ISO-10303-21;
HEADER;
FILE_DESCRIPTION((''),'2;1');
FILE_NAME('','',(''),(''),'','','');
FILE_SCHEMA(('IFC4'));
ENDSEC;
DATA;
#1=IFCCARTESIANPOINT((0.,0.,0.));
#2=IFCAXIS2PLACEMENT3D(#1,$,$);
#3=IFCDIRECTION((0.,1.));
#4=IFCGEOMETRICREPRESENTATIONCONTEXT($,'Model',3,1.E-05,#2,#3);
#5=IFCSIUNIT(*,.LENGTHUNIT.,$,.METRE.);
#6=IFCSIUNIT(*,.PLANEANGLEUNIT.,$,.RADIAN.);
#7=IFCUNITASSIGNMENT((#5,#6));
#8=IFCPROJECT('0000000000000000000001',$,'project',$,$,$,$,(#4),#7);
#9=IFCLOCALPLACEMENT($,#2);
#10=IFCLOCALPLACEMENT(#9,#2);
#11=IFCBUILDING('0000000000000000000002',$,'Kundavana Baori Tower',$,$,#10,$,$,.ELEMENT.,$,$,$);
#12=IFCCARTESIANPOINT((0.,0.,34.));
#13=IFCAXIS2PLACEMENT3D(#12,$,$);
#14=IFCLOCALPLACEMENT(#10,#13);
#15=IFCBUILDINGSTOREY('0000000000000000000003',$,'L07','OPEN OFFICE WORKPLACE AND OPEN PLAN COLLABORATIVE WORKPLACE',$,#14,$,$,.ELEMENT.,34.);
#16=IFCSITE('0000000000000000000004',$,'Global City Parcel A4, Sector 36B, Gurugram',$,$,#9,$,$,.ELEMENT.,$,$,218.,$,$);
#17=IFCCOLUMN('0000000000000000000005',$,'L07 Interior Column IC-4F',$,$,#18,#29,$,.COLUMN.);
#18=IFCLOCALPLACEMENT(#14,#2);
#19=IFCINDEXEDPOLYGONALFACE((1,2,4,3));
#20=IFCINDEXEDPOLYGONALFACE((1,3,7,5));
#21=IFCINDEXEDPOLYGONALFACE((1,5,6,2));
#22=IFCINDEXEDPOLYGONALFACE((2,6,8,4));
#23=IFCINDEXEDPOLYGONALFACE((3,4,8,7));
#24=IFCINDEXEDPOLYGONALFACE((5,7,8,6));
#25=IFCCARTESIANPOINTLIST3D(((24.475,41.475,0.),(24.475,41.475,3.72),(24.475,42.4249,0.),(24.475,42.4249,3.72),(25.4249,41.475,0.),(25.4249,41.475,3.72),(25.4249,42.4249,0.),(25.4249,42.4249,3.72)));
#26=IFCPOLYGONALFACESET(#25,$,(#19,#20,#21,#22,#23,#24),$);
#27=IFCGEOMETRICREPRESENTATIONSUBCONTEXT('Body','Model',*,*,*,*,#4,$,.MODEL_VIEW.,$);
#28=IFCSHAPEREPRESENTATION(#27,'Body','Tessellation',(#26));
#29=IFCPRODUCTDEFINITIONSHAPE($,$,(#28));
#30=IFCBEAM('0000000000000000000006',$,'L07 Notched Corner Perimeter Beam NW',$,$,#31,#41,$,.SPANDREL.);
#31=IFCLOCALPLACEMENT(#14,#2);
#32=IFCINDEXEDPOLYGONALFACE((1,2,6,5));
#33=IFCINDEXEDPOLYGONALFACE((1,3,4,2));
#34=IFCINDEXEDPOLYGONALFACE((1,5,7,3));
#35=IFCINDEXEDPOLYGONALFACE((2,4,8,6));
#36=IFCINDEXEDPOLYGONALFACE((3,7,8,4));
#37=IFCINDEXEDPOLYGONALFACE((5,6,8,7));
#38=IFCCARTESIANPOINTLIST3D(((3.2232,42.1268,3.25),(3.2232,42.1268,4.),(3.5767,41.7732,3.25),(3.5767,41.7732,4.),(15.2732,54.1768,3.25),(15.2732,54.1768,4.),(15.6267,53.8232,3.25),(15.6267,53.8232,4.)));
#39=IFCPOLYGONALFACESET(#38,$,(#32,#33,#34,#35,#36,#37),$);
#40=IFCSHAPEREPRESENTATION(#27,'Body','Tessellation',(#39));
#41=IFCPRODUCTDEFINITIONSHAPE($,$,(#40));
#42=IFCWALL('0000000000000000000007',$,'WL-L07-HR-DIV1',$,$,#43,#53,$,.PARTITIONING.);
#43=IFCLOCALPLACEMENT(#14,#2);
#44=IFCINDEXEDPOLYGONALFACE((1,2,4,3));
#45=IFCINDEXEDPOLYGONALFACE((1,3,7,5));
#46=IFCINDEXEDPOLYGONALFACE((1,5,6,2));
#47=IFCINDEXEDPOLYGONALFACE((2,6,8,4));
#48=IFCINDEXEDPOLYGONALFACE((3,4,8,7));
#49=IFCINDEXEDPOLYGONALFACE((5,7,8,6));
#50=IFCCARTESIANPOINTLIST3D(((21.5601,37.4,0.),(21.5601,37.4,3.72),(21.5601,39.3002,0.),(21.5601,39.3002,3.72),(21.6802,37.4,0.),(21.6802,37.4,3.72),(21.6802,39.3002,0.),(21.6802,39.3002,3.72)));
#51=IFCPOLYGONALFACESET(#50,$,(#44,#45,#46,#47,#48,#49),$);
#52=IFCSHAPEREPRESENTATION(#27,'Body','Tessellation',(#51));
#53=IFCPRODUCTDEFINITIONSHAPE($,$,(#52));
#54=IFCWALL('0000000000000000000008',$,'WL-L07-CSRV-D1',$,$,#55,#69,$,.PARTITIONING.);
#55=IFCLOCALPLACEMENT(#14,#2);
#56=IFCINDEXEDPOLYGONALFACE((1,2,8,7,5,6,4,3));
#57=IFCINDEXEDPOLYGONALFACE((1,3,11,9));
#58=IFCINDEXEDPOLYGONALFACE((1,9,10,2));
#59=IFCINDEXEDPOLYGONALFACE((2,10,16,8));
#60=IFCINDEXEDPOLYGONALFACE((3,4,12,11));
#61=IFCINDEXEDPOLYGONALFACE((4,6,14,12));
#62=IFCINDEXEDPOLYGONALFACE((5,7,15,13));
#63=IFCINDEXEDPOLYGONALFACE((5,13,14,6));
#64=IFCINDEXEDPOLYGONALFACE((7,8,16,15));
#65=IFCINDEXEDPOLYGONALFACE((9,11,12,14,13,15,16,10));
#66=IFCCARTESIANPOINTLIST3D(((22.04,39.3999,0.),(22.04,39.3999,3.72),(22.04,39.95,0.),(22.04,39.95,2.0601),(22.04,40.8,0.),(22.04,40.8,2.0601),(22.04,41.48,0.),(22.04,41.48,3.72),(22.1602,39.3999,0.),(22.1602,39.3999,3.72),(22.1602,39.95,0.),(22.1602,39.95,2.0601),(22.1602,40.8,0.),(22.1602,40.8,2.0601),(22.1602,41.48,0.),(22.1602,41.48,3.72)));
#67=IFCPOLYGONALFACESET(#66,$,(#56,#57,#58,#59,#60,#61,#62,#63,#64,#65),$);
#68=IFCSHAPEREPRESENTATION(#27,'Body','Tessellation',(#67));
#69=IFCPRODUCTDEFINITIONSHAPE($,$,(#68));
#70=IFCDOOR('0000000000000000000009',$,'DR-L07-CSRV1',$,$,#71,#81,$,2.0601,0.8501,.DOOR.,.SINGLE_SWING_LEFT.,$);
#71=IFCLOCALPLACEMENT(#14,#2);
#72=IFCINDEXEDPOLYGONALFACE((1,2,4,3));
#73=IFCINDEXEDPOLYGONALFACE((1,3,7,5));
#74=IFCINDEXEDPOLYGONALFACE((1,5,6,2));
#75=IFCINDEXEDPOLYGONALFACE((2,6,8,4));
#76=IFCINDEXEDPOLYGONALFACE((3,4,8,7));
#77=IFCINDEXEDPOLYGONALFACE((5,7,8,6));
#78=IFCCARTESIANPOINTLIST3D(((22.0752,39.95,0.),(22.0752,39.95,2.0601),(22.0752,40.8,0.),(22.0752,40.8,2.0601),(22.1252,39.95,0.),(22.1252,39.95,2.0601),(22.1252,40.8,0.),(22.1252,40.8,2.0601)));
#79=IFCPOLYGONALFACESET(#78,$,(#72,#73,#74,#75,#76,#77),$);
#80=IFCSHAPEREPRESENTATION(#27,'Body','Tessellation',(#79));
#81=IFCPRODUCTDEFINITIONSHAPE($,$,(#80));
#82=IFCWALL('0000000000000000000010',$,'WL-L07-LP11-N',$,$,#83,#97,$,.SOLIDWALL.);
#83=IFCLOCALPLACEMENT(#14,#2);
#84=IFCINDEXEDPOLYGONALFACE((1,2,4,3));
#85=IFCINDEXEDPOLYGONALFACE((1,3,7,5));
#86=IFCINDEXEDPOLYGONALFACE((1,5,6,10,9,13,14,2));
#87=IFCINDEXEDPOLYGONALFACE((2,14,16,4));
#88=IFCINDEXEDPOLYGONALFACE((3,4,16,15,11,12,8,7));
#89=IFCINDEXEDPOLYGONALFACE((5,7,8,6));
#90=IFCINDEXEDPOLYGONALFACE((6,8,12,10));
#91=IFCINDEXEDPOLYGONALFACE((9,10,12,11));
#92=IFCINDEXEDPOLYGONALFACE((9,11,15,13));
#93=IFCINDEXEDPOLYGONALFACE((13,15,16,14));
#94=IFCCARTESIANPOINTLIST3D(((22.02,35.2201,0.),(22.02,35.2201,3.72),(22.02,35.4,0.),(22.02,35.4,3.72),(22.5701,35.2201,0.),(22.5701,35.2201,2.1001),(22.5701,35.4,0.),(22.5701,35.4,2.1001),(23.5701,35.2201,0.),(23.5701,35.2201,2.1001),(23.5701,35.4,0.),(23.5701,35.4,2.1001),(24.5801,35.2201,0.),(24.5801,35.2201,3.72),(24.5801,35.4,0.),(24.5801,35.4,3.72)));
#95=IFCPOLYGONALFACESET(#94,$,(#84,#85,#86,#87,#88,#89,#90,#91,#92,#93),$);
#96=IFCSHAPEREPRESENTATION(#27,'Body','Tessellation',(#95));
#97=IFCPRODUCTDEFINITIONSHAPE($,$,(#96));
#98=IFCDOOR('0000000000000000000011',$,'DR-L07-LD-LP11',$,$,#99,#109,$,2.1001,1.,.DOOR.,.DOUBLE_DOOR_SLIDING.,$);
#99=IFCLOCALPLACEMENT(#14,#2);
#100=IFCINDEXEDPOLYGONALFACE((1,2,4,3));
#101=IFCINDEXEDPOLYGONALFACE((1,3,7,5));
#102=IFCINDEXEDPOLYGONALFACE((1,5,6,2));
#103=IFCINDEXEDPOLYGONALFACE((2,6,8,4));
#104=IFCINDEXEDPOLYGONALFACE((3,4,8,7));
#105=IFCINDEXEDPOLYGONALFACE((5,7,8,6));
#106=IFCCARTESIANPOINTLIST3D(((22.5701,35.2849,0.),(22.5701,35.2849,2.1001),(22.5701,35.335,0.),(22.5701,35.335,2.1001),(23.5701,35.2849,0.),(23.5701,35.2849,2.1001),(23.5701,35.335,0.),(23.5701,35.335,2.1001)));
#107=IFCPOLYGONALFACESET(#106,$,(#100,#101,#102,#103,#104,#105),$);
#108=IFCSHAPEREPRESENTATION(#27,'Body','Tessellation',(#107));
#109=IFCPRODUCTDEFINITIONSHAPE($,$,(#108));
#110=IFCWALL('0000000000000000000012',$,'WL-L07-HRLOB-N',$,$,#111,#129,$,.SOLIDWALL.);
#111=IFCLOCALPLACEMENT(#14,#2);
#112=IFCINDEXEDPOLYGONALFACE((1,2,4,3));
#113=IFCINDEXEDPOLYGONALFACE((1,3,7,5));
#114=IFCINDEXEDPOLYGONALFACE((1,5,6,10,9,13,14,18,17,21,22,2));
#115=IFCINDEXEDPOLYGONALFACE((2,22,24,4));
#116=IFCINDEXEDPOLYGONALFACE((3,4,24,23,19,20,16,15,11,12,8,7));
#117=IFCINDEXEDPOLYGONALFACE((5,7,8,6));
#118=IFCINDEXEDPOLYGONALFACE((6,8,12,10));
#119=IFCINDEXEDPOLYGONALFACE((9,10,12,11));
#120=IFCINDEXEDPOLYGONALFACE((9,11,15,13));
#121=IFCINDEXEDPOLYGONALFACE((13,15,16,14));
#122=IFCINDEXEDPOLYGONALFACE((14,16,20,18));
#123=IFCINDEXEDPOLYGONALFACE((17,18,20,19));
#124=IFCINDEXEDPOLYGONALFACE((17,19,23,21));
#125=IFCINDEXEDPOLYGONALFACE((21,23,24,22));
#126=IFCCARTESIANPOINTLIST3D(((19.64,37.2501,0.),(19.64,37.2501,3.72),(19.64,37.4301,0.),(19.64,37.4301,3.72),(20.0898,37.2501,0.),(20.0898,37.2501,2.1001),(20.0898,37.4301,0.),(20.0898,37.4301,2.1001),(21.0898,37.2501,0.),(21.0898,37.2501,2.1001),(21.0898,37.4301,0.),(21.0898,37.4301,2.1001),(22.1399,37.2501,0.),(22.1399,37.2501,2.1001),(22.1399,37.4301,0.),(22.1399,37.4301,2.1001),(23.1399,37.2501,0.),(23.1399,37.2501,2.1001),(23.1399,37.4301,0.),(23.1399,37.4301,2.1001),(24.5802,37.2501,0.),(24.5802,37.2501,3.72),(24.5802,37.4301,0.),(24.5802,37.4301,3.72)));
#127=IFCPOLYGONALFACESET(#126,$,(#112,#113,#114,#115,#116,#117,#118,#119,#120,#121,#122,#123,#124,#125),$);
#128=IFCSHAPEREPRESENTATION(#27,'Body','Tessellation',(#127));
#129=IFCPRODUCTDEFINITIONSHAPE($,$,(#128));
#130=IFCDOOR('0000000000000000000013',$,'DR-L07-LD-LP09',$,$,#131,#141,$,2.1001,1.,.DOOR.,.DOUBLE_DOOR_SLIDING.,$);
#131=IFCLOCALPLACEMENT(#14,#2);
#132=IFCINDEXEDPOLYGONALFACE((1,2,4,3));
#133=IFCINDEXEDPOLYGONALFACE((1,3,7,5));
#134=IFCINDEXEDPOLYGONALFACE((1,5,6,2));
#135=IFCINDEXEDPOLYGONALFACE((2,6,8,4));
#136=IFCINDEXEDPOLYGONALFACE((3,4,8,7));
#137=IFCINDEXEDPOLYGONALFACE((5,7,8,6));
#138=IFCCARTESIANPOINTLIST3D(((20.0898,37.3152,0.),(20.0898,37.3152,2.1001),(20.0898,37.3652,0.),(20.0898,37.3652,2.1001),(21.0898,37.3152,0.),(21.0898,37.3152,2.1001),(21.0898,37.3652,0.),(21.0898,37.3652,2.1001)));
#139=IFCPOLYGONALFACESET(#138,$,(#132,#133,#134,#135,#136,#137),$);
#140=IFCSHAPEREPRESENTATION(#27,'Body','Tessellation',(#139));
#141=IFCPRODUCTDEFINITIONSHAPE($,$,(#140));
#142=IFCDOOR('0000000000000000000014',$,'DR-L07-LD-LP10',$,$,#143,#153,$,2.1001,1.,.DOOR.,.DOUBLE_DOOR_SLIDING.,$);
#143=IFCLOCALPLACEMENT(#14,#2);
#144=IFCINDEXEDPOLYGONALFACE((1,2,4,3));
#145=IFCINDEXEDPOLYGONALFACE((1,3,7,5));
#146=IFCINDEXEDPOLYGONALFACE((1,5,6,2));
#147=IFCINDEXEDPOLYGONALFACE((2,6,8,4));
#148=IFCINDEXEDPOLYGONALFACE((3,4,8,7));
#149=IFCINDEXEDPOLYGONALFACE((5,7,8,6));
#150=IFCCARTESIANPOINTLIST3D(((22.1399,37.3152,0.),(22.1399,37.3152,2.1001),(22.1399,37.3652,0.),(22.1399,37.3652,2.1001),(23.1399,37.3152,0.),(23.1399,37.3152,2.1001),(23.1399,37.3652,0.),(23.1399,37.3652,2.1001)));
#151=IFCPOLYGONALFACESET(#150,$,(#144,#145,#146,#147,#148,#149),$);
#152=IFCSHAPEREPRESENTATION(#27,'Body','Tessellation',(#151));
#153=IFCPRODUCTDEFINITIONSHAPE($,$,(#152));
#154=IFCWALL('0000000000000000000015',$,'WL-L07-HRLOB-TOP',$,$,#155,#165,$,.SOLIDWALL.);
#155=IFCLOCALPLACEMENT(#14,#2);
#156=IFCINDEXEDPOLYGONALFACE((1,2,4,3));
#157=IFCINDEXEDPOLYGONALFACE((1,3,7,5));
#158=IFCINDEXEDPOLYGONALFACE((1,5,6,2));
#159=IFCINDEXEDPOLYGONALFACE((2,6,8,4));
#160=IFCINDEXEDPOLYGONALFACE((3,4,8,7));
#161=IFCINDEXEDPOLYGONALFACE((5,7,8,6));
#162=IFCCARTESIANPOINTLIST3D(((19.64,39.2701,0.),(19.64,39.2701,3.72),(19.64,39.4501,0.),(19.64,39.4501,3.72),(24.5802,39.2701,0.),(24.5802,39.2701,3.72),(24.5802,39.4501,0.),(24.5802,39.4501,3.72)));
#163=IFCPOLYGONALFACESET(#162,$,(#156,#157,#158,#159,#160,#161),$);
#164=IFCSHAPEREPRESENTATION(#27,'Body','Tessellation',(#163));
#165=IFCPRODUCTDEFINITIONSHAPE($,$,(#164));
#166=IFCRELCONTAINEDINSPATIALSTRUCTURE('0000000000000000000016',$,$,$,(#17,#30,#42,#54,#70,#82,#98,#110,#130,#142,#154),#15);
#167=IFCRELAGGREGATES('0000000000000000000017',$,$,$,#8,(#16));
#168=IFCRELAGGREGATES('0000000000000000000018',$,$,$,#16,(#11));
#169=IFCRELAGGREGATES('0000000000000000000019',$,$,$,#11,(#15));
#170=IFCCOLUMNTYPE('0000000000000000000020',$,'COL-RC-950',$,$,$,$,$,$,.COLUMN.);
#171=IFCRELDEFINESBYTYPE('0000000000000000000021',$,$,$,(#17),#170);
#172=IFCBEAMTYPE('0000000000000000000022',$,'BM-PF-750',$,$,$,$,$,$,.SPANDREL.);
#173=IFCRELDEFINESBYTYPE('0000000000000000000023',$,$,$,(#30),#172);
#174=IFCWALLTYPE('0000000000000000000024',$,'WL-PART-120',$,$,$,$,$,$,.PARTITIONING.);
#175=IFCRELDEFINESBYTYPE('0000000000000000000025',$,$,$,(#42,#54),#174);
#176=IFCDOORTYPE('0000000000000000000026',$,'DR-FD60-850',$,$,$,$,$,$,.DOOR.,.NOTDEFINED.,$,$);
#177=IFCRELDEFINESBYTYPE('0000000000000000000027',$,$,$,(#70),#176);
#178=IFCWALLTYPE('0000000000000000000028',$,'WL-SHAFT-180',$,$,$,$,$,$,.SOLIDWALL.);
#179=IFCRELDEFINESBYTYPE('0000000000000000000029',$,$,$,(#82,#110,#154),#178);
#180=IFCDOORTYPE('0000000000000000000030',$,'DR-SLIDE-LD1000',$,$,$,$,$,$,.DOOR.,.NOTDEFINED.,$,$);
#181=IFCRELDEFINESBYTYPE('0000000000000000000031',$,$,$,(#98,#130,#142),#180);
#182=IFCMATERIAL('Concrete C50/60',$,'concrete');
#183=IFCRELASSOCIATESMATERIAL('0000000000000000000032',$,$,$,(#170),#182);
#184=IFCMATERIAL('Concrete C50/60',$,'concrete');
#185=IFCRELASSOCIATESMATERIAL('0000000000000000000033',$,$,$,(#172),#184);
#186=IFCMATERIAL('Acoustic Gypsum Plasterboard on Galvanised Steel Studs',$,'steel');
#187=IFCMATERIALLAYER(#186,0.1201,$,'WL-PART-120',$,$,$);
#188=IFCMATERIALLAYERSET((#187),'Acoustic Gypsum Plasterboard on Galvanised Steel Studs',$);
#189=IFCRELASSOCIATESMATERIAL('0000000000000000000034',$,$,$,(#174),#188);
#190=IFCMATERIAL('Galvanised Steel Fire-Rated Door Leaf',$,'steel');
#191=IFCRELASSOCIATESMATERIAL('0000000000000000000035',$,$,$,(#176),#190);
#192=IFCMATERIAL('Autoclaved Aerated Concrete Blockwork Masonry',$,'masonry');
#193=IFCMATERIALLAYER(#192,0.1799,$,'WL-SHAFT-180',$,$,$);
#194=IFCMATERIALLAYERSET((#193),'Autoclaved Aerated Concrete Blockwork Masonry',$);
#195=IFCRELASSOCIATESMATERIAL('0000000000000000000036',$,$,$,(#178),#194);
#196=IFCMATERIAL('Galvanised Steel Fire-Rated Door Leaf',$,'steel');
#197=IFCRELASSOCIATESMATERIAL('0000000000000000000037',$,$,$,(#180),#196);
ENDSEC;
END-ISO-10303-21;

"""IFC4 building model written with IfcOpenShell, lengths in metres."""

from ifc_helpers import new_model, si_unit, direction, frame, frame_2d, origin, origin_2d, place, context, subcontext, project, spatial, rectangle, extrude, material, layer, layer_set, material_profile, profile_set, type_object, element, fill, save


model = new_model("IFC4")

# Units and contexts
model_context = context("Model", 3, precision=1e-05, world=origin(), true_north=direction((0.0, 1.0)))
body_context = subcontext(model_context, "Body", "Model", "MODEL_VIEW")
ifc_project = project(units=[si_unit("LENGTHUNIT", "METRE"), si_unit("PLANEANGLEUNIT", "RADIAN")], contexts=[model_context])

# Site, building, storey
site_placement = place(None, origin())
site = spatial("IfcSite", under=ifc_project, at=site_placement, Name="Global City Parcel A4, Sector 36B, Gurugram", CompositionType="ELEMENT", RefElevation=218.0)
building_placement = place(site_placement, origin())
building = spatial("IfcBuilding", under=site, at=building_placement, Name="Kundavana Baori Tower", CompositionType="ELEMENT")
storey_placement = place(building_placement, frame((0.0, 0.0, 34.0)))
storey = spatial("IfcBuildingStorey", under=building, at=storey_placement, Name="L07", Description="OPEN OFFICE WORKPLACE AND OPEN PLAN COLLABORATIVE WORKPLACE", CompositionType="ELEMENT", Elevation=34.0)

# Column
ifc_material_1 = material(Name="Concrete C50/60", Category="concrete")
ifc_material_profile_1 = material_profile(ifc_material_1, rectangle(XDim=0.95, YDim=0.95, at=origin_2d()), Name="RC 950x950")
ifc_profile_set_1 = profile_set([ifc_material_profile_1], Name="Concrete C50/60")
column_type = type_object("IfcColumnType", Name="COL-RC-950", PredefinedType="COLUMN", material=ifc_profile_set_1)
column_placement = place(storey_placement, frame((24.95, 41.95, 0.0), z_axis=(0.0, 0.0, 1.0), x_axis=(1.0, 0.0, 0.0)))
element("IfcColumn", 1, at=column_placement, inside=storey, type_object=column_type, Name="L07 Interior Column IC-4F", PredefinedType="COLUMN", context=body_context, shape_type="SweptSolid", body=[
    extrude(rectangle(XDim=0.95, YDim=0.95, at=origin_2d()), origin(), (0.0, 0.0, 1.0), 3.72),
])

# Beam
ifc_material_2 = material(Name="Concrete C50/60", Category="concrete")
ifc_material_profile_2 = material_profile(ifc_material_2, rectangle(XDim=0.5, YDim=0.75, at=origin_2d()), Name="RC BM 500x750")
ifc_profile_set_2 = profile_set([ifc_material_profile_2], Name="Concrete C50/60")
beam_type = type_object("IfcBeamType", Name="BM-PF-750", PredefinedType="SPANDREL", material=ifc_profile_set_2)
beam_placement = place(storey_placement, frame((15.45, 54.0, 3.625), z_axis=(-0.707107, -0.707107, 0.0), x_axis=(0.707107, -0.707107, 0.0)))
element("IfcBeam", 2, at=beam_placement, inside=storey, type_object=beam_type, Name="L07 Notched Corner Perimeter Beam NW", PredefinedType="SPANDREL", context=body_context, shape_type="SweptSolid", body=[
    extrude(rectangle(XDim=0.5, YDim=0.75, at=origin_2d()), origin(), (0.0, 0.0, 1.0), 17.0413),
])

# Wall
ifc_material_3 = material(Name="Acoustic Gypsum Plasterboard on Galvanised Steel Studs", Category="steel")
ifc_layer_1 = layer(ifc_material_3, 0.1201, Name="WL-PART-120")
ifc_layer_set_1 = layer_set([ifc_layer_1], Name="Acoustic Gypsum Plasterboard on Galvanised Steel Studs")
wall_type_1 = type_object("IfcWallType", Name="WL-PART-120", PredefinedType="PARTITIONING", material=ifc_layer_set_1)
wall_1_placement = place(storey_placement, frame((21.6201, 37.3999, 0.0), z_axis=(0.0, 0.0, 1.0), x_axis=(0.0, 1.0, 0.0)))
element("IfcWall", 3, at=wall_1_placement, inside=storey, type_object=wall_type_1, Name="WL-L07-HR-DIV1", PredefinedType="PARTITIONING", context=body_context, shape_type="SweptSolid", body=[
    extrude(rectangle(XDim=1.9001, YDim=0.1201, at=frame_2d((0.9502, 0.0))), origin(), (0.0, 0.0, 1.0), 3.72),
])

# Walls, openings, doors
wall_2_placement = place(storey_placement, frame((22.1001, 39.3999, 0.0), z_axis=(0.0, 0.0, 1.0), x_axis=(0.0, 1.0, 0.0)))
wall_2 = element("IfcWall", 4, at=wall_2_placement, inside=storey, type_object=wall_type_1, Name="WL-L07-CSRV-D1", PredefinedType="PARTITIONING", context=body_context, shape_type="SweptSolid", body=[
    extrude(rectangle(XDim=2.0801, YDim=0.1201, at=frame_2d((1.04, 0.0))), origin(), (0.0, 0.0, 1.0), 3.72),
])
opening_1_placement = place(wall_2_placement, frame((0.55, 0.0, 0.0)))
opening_1 = element("IfcOpeningElement", 5, at=opening_1_placement, cuts=wall_2, PredefinedType="OPENING", context=body_context, shape_type="SweptSolid", body=[
    extrude(rectangle(XDim=0.8501, YDim=2.0601, at=frame_2d((0.425, 1.03))), frame((0.0, 0.0701, 0.0), z_axis=(0.0, -1.0, 0.0), x_axis=(1.0, 0.0, 0.0)), (0.0, 0.0, 1.0), 0.1401),
])
ifc_material_4 = material(Name="Galvanised Steel Fire-Rated Door Leaf", Category="steel")
door_type_1 = type_object("IfcDoorType", Name="DR-FD60-850", OperationType="NOTDEFINED", PredefinedType="DOOR", material=ifc_material_4)
door_1_placement = place(opening_1_placement, origin())
door_1 = element("IfcDoor", 6, at=door_1_placement, inside=storey, type_object=door_type_1, Name="DR-L07-CSRV1", OperationType="SINGLE_SWING_LEFT", OverallHeight=2.0601, OverallWidth=0.8501, PredefinedType="DOOR", context=body_context, shape_type="SweptSolid", body=[
    extrude(rectangle(XDim=0.8501, YDim=2.0601, at=frame_2d((0.425, 1.03))), frame((0.0, 0.0249, 0.0), z_axis=(0.0, -1.0, 0.0), x_axis=(1.0, 0.0, 0.0)), (0.0, 0.0, 1.0), 0.05),
])
fill(opening_1, door_1)
ifc_material_5 = material(Name="Autoclaved Aerated Concrete Blockwork Masonry", Category="masonry")
ifc_layer_2 = layer(ifc_material_5, 0.1799, Name="WL-SHAFT-180")
ifc_layer_set_2 = layer_set([ifc_layer_2], Name="Autoclaved Aerated Concrete Blockwork Masonry")
wall_type_2 = type_object("IfcWallType", Name="WL-SHAFT-180", PredefinedType="SOLIDWALL", material=ifc_layer_set_2)
wall_3_placement = place(storey_placement, frame((22.02, 35.3101, 0.0), z_axis=(0.0, 0.0, 1.0), x_axis=(1.0, 0.0, 0.0)))
wall_3 = element("IfcWall", 7, at=wall_3_placement, inside=storey, type_object=wall_type_2, Name="WL-L07-LP11-N", PredefinedType="SOLIDWALL", context=body_context, shape_type="SweptSolid", body=[
    extrude(rectangle(XDim=2.5601, YDim=0.1799, at=frame_2d((1.28, 0.0))), origin(), (0.0, 0.0, 1.0), 3.72),
])
opening_2_placement = place(wall_3_placement, frame((0.55, 0.0, 0.0)))
opening_2 = element("IfcOpeningElement", 8, at=opening_2_placement, cuts=wall_3, PredefinedType="OPENING", context=body_context, shape_type="SweptSolid", body=[
    extrude(rectangle(XDim=1.0, YDim=2.1001, at=frame_2d((0.5, 1.05))), frame((0.0, 0.1001, 0.0), z_axis=(0.0, -1.0, 0.0), x_axis=(1.0, 0.0, 0.0)), (0.0, 0.0, 1.0), 0.2),
])
ifc_material_6 = material(Name="Galvanised Steel Fire-Rated Door Leaf", Category="steel")
door_type_2 = type_object("IfcDoorType", Name="DR-SLIDE-LD1000", OperationType="NOTDEFINED", PredefinedType="DOOR", material=ifc_material_6)
door_2_placement = place(opening_2_placement, origin())
door_2 = element("IfcDoor", 9, at=door_2_placement, inside=storey, type_object=door_type_2, Name="DR-L07-LD-LP11", OperationType="DOUBLE_DOOR_SLIDING", OverallHeight=2.1001, OverallWidth=1.0, PredefinedType="DOOR", context=body_context, shape_type="SweptSolid", body=[
    extrude(rectangle(XDim=1.0, YDim=2.1001, at=frame_2d((0.5, 1.05))), frame((0.0, 0.0249, 0.0), z_axis=(0.0, -1.0, 0.0), x_axis=(1.0, 0.0, 0.0)), (0.0, 0.0, 1.0), 0.05),
])
fill(opening_2, door_2)

# Wall, openings, doors
wall_4_placement = place(storey_placement, frame((19.6399, 37.3401, 0.0), z_axis=(0.0, 0.0, 1.0), x_axis=(1.0, 0.0, 0.0)))
wall_4 = element("IfcWall", 10, at=wall_4_placement, inside=storey, type_object=wall_type_2, Name="WL-L07-HRLOB-N", PredefinedType="SOLIDWALL", context=body_context, shape_type="SweptSolid", body=[
    extrude(rectangle(XDim=4.9402, YDim=0.1799, at=frame_2d((2.4702, 0.0))), origin(), (0.0, 0.0, 1.0), 3.72),
])
opening_3_placement = place(wall_4_placement, frame((0.45, 0.0, 0.0)))
opening_3 = element("IfcOpeningElement", 11, at=opening_3_placement, cuts=wall_4, PredefinedType="OPENING", context=body_context, shape_type="SweptSolid", body=[
    extrude(rectangle(XDim=1.0, YDim=2.1001, at=frame_2d((0.5, 1.05))), frame((0.0, 0.1001, 0.0), z_axis=(0.0, -1.0, 0.0), x_axis=(1.0, 0.0, 0.0)), (0.0, 0.0, 1.0), 0.2),
])
opening_4_placement = place(wall_4_placement, frame((2.5, 0.0, 0.0)))
opening_4 = element("IfcOpeningElement", 12, at=opening_4_placement, cuts=wall_4, PredefinedType="OPENING", context=body_context, shape_type="SweptSolid", body=[
    extrude(rectangle(XDim=1.0, YDim=2.1001, at=frame_2d((0.5, 1.05))), frame((0.0, 0.1001, 0.0), z_axis=(0.0, -1.0, 0.0), x_axis=(1.0, 0.0, 0.0)), (0.0, 0.0, 1.0), 0.2),
])
door_3_placement = place(opening_3_placement, frame((1.0, 0.0, 0.0), z_axis=(0.0, 0.0, 1.0), x_axis=(-1.0, 0.0, 0.0)))
door_3 = element("IfcDoor", 13, at=door_3_placement, inside=storey, type_object=door_type_2, Name="DR-L07-LD-LP09", OperationType="DOUBLE_DOOR_SLIDING", OverallHeight=2.1001, OverallWidth=1.0, PredefinedType="DOOR", context=body_context, shape_type="SweptSolid", body=[
    extrude(rectangle(XDim=1.0, YDim=2.1001, at=frame_2d((0.5, 1.05))), frame((0.0, 0.0249, 0.0), z_axis=(0.0, -1.0, 0.0), x_axis=(1.0, 0.0, 0.0)), (0.0, 0.0, 1.0), 0.05),
])
fill(opening_3, door_3)
door_4_placement = place(opening_4_placement, frame((1.0, 0.0, 0.0), z_axis=(0.0, 0.0, 1.0), x_axis=(-1.0, 0.0, 0.0)))
door_4 = element("IfcDoor", 14, at=door_4_placement, inside=storey, type_object=door_type_2, Name="DR-L07-LD-LP10", OperationType="DOUBLE_DOOR_SLIDING", OverallHeight=2.1001, OverallWidth=1.0, PredefinedType="DOOR", context=body_context, shape_type="SweptSolid", body=[
    extrude(rectangle(XDim=1.0, YDim=2.1001, at=frame_2d((0.5, 1.05))), frame((0.0, 0.0249, 0.0), z_axis=(0.0, -1.0, 0.0), x_axis=(1.0, 0.0, 0.0)), (0.0, 0.0, 1.0), 0.05),
])
fill(opening_4, door_4)

# Wall
wall_5_placement = place(storey_placement, frame((19.6399, 39.3601, 0.0), z_axis=(0.0, 0.0, 1.0), x_axis=(1.0, 0.0, 0.0)))
element("IfcWall", 15, at=wall_5_placement, inside=storey, type_object=wall_type_2, Name="WL-L07-HRLOB-TOP", PredefinedType="SOLIDWALL", context=body_context, shape_type="SweptSolid", body=[
    extrude(rectangle(XDim=4.9402, YDim=0.1799, at=frame_2d((2.4702, 0.0))), origin(), (0.0, 0.0, 1.0), 3.72),
])

save(model, "model.ifc")
